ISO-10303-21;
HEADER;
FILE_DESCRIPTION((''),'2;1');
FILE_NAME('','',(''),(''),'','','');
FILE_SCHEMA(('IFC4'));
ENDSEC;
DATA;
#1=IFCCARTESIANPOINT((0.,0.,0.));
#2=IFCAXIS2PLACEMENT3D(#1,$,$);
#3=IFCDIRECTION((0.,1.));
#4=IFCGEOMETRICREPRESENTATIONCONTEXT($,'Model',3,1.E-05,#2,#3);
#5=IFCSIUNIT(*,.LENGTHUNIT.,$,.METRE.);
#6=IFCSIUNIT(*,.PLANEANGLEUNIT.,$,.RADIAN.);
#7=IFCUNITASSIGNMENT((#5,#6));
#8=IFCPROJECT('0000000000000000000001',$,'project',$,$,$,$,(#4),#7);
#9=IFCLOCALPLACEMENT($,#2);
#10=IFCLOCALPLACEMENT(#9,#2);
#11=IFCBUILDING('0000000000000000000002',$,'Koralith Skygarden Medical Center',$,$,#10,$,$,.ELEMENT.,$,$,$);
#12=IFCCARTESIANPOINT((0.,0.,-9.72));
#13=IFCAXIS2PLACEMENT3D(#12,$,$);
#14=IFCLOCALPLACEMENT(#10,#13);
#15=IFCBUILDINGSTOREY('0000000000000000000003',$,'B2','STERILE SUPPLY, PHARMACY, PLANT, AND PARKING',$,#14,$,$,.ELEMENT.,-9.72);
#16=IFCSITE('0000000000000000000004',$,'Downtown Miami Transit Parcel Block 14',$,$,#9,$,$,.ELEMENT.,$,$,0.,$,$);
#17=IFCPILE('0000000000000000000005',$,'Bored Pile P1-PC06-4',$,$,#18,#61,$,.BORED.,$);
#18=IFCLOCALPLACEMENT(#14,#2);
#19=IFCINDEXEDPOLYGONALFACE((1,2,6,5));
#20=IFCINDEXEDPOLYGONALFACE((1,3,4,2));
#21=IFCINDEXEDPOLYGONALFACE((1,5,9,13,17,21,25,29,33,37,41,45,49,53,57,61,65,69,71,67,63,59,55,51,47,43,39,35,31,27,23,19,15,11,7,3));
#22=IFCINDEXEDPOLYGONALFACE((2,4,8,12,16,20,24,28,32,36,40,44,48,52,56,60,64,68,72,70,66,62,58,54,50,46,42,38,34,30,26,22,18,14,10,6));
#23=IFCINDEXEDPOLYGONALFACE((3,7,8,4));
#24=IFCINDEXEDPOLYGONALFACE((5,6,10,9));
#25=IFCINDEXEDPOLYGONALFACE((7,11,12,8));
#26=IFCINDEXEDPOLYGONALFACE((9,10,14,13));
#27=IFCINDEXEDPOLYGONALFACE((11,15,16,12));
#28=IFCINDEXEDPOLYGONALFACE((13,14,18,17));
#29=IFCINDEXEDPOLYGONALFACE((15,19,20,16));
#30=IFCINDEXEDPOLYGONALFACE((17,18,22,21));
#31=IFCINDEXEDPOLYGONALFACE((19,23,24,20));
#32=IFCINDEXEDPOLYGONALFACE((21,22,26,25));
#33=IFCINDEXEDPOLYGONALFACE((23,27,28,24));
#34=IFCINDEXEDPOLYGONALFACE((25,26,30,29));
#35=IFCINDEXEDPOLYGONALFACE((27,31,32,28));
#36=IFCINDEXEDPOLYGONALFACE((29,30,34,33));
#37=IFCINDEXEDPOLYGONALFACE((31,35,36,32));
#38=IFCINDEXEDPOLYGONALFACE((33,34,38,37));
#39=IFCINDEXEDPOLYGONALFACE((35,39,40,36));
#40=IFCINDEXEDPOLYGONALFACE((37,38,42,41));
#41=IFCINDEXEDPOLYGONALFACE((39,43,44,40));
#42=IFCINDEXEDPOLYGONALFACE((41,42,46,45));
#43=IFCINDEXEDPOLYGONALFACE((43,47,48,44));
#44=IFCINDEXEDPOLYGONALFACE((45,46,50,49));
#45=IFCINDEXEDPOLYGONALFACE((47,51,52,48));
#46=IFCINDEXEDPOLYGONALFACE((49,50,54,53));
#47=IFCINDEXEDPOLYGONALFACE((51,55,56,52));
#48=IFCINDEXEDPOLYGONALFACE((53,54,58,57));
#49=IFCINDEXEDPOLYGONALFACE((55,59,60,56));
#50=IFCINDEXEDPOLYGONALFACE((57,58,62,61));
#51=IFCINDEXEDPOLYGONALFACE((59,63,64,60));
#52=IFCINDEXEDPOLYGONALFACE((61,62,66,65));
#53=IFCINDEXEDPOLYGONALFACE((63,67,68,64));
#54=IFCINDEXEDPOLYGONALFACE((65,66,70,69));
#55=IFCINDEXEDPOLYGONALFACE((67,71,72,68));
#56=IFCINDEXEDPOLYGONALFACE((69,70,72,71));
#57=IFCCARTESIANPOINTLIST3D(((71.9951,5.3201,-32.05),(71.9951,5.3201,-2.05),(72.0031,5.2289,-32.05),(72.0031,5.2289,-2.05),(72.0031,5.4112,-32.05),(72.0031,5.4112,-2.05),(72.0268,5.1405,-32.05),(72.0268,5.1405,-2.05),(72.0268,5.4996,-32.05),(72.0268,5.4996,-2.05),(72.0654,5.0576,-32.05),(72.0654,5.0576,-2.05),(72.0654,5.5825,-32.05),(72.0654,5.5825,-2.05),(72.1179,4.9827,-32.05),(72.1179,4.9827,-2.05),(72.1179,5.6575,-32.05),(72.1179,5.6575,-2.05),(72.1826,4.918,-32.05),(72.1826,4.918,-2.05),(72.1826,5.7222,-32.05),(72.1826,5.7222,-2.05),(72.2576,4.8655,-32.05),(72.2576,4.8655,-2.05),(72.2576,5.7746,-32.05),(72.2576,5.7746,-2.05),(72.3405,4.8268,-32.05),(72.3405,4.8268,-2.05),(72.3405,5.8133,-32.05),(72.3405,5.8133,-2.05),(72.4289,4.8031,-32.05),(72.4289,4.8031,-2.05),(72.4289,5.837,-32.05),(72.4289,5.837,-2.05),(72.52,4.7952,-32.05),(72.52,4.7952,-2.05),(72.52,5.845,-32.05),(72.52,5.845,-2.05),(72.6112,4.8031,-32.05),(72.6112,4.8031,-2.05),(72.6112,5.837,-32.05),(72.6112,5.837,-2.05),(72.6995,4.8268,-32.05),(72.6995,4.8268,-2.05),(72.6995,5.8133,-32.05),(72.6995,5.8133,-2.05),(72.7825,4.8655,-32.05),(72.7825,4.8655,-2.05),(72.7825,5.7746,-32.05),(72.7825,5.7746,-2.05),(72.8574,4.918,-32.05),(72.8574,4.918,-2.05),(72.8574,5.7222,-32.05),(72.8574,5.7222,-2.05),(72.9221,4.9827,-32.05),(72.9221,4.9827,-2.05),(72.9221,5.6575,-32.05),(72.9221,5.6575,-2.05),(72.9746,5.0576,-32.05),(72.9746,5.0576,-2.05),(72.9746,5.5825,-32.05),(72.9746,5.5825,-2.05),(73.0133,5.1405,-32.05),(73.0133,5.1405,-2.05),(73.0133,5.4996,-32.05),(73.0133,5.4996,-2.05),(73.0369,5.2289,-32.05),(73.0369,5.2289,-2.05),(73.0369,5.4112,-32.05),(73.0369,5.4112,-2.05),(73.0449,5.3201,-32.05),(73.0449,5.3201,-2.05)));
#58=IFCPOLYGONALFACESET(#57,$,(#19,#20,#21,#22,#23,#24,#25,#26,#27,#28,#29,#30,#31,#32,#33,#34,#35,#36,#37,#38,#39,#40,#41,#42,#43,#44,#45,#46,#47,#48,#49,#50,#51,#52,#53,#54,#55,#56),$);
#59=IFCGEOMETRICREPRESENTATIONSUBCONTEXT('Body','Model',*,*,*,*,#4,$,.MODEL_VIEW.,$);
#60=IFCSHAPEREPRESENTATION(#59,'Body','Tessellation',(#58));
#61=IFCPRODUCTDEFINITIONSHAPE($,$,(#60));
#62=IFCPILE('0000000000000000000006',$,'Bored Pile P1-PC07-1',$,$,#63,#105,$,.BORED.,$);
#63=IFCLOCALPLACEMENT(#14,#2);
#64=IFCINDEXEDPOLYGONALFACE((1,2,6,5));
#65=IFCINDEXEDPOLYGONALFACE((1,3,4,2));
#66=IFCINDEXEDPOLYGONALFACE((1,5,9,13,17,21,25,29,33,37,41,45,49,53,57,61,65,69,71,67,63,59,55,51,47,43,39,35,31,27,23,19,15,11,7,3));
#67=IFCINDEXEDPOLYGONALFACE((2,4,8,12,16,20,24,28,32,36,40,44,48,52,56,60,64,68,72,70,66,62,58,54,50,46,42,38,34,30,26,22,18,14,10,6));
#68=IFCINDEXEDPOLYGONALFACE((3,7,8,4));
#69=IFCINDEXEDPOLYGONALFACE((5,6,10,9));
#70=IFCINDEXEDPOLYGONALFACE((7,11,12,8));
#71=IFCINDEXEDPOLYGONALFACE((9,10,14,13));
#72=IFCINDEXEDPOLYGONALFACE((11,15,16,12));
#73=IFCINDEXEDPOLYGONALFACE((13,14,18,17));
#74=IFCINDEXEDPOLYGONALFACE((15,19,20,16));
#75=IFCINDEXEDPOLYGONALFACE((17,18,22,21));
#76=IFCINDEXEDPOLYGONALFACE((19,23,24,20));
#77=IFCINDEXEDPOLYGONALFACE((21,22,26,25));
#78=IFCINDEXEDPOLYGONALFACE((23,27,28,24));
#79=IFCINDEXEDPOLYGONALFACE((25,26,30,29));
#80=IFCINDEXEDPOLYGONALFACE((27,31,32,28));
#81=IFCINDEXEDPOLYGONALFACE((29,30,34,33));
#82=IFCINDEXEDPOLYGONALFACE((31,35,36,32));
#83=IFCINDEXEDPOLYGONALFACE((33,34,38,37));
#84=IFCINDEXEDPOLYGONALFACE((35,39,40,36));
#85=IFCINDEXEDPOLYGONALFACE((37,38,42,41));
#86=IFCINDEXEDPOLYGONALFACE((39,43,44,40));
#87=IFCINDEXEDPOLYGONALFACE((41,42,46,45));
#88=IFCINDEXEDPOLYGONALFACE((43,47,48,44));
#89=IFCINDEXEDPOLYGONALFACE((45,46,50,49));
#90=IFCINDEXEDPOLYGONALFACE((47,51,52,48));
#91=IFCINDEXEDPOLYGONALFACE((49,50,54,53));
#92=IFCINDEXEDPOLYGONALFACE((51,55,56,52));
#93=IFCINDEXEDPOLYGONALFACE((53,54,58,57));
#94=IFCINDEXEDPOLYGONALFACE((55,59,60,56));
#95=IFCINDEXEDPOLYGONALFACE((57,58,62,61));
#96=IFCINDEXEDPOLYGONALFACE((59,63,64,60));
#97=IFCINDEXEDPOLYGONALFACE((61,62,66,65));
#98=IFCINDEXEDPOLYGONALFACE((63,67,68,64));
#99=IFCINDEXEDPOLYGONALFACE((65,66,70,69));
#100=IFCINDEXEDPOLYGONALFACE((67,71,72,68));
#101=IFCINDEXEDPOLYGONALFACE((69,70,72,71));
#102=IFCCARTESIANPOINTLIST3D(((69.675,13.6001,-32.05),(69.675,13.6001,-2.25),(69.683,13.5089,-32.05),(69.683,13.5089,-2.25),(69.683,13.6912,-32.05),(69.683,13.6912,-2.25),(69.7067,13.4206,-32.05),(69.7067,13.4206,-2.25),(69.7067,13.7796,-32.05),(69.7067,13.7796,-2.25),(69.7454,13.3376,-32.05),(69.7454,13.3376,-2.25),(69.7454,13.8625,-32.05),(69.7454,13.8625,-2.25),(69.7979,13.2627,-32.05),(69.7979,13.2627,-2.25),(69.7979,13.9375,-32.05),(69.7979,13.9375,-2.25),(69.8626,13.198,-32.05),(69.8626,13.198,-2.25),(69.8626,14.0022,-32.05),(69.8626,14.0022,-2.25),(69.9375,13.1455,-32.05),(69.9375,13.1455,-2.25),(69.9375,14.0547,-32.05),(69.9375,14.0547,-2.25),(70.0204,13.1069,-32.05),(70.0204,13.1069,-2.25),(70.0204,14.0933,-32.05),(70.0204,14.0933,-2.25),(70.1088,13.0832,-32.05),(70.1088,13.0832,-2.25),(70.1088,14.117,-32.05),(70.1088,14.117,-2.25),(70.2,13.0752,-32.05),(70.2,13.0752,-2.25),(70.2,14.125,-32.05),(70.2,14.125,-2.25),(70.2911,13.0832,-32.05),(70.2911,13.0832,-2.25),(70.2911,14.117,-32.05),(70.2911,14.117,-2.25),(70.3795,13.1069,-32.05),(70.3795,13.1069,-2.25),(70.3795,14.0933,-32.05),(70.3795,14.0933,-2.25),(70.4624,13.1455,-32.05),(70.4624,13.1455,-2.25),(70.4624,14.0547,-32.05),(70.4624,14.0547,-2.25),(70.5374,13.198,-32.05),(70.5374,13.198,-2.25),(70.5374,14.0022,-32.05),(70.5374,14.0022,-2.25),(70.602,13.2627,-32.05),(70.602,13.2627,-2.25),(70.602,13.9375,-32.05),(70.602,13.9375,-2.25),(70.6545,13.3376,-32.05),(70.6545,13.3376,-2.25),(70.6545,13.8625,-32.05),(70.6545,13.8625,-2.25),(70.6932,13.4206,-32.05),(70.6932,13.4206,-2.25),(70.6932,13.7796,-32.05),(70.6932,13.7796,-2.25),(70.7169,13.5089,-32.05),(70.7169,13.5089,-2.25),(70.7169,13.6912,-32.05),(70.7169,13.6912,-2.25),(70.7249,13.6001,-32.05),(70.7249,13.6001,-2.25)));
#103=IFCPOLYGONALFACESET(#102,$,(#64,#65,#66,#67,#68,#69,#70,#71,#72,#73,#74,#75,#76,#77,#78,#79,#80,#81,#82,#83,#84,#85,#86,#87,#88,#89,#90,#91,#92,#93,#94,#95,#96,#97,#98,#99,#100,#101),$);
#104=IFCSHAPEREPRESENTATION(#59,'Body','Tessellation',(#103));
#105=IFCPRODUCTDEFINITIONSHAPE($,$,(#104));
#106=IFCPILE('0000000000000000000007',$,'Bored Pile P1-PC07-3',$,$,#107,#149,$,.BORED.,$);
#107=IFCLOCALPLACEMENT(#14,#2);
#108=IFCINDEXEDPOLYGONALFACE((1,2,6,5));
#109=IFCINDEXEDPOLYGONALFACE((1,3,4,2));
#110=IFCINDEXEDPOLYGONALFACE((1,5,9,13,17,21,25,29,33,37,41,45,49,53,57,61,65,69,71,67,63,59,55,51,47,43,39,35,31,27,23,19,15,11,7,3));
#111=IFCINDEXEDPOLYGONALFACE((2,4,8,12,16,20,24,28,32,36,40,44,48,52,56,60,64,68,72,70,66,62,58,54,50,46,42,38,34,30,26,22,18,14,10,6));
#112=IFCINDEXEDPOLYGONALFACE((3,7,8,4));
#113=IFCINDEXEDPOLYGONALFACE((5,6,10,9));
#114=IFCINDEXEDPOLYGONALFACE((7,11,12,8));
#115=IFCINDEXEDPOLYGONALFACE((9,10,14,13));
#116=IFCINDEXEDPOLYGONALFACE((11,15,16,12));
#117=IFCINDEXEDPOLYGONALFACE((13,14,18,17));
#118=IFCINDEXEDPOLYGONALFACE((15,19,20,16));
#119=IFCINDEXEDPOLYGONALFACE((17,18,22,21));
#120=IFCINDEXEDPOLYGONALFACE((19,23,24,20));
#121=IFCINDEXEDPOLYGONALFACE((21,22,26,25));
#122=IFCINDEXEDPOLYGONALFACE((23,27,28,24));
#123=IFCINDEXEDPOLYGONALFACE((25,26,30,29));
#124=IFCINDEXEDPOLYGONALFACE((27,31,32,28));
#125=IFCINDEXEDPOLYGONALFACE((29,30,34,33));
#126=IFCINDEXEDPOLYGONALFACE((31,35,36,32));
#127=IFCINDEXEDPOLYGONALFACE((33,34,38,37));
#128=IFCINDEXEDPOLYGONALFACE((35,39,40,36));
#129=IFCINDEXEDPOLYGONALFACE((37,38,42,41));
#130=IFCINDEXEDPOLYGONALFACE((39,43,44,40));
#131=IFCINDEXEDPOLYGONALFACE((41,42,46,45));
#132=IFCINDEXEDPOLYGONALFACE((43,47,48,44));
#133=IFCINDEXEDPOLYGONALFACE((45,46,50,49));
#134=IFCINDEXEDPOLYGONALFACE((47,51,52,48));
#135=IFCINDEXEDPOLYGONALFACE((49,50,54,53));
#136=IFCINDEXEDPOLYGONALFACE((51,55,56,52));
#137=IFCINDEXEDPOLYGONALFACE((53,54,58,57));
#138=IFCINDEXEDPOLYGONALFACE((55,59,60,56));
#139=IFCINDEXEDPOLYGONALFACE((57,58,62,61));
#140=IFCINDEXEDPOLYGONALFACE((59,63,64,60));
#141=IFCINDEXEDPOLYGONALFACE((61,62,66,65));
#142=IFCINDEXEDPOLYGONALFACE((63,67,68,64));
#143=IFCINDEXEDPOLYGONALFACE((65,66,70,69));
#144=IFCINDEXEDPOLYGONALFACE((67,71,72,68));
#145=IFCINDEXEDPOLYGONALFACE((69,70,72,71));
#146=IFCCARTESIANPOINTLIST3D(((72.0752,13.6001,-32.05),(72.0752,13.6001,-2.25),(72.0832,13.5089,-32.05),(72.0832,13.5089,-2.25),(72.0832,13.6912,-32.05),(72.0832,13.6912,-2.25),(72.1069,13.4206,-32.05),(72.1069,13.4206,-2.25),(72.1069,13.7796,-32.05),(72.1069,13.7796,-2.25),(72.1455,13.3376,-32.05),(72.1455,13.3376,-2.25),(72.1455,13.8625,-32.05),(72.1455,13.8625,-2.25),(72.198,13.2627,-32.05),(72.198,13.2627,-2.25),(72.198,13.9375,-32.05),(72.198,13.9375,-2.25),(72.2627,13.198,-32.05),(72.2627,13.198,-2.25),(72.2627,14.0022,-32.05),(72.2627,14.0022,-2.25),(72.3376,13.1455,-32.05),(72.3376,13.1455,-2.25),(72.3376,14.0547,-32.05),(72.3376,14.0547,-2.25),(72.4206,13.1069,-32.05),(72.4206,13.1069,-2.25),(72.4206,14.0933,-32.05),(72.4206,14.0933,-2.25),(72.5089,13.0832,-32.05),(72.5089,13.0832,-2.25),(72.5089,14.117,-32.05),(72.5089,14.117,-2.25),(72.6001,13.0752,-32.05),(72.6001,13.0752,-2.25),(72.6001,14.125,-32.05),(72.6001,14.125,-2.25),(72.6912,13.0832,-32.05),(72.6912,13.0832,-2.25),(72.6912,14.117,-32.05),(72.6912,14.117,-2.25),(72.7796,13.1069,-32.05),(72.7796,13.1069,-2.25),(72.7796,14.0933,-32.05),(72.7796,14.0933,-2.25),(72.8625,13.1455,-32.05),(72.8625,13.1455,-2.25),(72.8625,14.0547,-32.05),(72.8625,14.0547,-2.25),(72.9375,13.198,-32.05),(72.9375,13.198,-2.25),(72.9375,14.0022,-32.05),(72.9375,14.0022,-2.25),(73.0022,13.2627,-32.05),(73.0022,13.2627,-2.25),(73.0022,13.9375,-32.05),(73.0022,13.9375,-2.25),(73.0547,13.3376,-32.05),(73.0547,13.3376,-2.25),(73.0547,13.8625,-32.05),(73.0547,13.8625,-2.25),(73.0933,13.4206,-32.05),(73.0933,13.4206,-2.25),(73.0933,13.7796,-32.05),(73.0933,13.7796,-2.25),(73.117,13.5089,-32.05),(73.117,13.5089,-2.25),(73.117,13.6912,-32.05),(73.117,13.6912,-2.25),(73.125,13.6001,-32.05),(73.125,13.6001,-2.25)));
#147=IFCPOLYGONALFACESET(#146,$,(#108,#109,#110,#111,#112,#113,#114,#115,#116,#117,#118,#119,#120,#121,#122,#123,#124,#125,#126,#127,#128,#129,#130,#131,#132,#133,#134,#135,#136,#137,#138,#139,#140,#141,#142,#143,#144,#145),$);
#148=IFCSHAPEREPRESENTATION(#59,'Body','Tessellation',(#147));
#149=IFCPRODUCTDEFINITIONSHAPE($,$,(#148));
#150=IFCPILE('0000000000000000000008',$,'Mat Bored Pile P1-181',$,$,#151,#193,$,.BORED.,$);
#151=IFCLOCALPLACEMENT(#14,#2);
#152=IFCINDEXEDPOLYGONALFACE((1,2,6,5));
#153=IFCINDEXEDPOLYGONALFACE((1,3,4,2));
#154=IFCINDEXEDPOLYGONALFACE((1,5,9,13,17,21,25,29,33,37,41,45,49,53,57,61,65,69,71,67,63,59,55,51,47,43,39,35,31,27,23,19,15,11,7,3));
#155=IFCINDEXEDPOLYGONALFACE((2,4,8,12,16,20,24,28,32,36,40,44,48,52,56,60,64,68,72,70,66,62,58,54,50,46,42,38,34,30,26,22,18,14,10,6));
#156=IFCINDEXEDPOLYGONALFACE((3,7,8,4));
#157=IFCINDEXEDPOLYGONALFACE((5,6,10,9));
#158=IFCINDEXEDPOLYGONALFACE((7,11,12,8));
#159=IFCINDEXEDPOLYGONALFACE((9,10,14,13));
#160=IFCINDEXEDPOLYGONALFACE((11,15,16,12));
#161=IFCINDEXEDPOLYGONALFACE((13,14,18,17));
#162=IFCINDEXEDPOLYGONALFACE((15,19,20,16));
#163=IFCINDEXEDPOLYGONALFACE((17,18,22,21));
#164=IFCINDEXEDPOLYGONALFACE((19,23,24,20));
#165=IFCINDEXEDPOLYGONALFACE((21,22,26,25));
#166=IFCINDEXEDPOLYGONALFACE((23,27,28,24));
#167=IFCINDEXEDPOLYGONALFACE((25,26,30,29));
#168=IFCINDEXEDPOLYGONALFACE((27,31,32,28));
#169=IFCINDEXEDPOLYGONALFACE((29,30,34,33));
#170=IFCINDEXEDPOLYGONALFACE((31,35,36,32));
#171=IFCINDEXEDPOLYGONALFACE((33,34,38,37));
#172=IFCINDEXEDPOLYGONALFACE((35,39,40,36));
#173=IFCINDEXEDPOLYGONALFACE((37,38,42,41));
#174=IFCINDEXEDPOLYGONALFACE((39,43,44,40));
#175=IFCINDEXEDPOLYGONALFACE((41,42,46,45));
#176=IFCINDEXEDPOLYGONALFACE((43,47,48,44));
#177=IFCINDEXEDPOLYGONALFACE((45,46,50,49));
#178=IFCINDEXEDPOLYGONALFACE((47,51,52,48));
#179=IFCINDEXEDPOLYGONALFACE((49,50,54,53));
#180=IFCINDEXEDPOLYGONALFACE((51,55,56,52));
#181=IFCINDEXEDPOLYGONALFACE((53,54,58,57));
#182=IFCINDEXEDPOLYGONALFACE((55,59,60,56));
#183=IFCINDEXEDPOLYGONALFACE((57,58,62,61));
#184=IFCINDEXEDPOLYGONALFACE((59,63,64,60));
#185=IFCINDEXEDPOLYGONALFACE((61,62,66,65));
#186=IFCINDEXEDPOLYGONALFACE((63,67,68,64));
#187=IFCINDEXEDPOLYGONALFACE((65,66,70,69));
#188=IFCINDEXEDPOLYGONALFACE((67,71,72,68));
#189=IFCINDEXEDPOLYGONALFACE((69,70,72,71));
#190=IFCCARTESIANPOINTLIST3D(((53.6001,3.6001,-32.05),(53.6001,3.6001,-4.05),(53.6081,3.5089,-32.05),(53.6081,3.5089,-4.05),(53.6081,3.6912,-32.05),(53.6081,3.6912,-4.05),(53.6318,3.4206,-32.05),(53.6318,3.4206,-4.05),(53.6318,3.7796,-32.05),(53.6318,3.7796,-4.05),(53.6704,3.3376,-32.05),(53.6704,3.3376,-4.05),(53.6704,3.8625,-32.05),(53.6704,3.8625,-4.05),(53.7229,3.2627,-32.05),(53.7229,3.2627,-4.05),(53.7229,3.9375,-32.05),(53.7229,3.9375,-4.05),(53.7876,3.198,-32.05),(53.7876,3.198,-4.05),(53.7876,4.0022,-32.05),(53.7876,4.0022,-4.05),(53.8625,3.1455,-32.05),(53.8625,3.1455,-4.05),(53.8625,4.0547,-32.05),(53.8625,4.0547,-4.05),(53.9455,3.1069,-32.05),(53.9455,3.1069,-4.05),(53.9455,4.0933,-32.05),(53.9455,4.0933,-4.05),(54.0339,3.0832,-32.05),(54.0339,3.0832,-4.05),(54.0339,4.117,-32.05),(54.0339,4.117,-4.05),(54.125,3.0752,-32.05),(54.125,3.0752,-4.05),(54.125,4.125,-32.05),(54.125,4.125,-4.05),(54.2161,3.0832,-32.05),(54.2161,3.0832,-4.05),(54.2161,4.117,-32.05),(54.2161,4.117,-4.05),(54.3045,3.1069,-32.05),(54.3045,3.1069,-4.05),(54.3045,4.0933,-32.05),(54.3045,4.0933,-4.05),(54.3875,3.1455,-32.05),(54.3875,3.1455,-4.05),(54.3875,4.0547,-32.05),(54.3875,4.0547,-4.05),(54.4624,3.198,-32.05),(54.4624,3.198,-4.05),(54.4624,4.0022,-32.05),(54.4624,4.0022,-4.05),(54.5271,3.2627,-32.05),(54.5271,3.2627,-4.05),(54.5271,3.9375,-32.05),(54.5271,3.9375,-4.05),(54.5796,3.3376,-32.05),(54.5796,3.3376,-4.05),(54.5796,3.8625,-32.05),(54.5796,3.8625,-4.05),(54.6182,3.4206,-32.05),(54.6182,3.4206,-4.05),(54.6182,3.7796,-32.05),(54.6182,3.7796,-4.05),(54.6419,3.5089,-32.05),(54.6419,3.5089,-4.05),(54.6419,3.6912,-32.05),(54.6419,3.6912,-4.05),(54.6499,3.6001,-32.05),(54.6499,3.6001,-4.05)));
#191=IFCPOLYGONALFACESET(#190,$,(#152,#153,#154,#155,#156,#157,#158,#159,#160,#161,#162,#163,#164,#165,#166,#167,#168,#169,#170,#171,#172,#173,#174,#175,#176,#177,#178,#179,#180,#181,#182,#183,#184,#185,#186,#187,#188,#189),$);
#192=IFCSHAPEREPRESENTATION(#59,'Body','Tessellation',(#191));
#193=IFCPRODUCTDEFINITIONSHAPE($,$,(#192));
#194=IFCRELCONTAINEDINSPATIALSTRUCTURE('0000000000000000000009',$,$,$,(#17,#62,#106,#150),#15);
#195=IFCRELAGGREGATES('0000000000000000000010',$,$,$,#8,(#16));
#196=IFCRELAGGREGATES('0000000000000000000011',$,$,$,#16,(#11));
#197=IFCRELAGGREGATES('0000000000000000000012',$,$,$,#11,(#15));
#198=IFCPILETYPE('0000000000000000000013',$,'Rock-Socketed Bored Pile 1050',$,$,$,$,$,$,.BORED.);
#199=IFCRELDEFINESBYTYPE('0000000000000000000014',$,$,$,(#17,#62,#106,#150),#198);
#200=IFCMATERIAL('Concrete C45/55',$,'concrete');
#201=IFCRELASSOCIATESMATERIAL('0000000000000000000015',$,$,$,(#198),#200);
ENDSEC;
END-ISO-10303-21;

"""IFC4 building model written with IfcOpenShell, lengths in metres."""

from ifc_helpers import new_model, si_unit, direction, frame, origin, origin_2d, place, context, subcontext, project, spatial, circle, extrude, material, material_profile, profile_set, type_object, element, save


model = new_model("IFC4")

# Units and contexts
model_context = context("Model", 3, precision=1e-05, world=origin(), true_north=direction((0.0, 1.0)))
body_context = subcontext(model_context, "Body", "Model", "MODEL_VIEW")
ifc_project = project(units=[si_unit("LENGTHUNIT", "METRE"), si_unit("PLANEANGLEUNIT", "RADIAN")], contexts=[model_context])

# Site, building, storey
site_placement = place(None, origin())
site = spatial("IfcSite", under=ifc_project, at=site_placement, Name="Downtown Miami Transit Parcel Block 14", CompositionType="ELEMENT", RefElevation=0.0)
building_placement = place(site_placement, origin())
building = spatial("IfcBuilding", under=site, at=building_placement, Name="Koralith Skygarden Medical Center", CompositionType="ELEMENT")
storey_placement = place(building_placement, frame((0.0, 0.0, -9.72)))
storey = spatial("IfcBuildingStorey", under=building, at=storey_placement, Name="B2", Description="STERILE SUPPLY, PHARMACY, PLANT, AND PARKING", CompositionType="ELEMENT", Elevation=-9.72)

# Piles
ifc_material_1 = material(Name="Concrete C45/55", Category="concrete")
ifc_material_profile_1 = material_profile(ifc_material_1, circle(Radius=0.5249, at=origin_2d()), Name="PILE1050")
ifc_profile_set_1 = profile_set([ifc_material_profile_1], Name="Concrete C45/55")
pile_type = type_object("IfcPileType", Name="Rock-Socketed Bored Pile 1050", PredefinedType="BORED", material=ifc_profile_set_1)
for number, where, z_axis, x_axis, name in (
    (1, (72.52, 5.3201, -2.05), (0.0, 0.0, -1.0), (1.0, 0.0, 0.0), "Bored Pile P1-PC06-4"),
):
    element("IfcPile", number, at=place(storey_placement, frame(where, z_axis=z_axis, x_axis=x_axis)), inside=storey, type_object=pile_type, Name=name, PredefinedType="BORED", context=body_context, shape_type="SweptSolid", body=[
        extrude(circle(Radius=0.5249, at=origin_2d()), origin(), (0.0, 0.0, 1.0), 30.0),
    ])
for number, where, z_axis, x_axis, name in (
    (2, (70.2, 13.6001, -2.25), (0.0, 0.0, -1.0), (1.0, 0.0, 0.0), "Bored Pile P1-PC07-1"),
    (3, (72.6001, 13.6001, -2.25), (0.0, 0.0, -1.0), (1.0, 0.0, 0.0), "Bored Pile P1-PC07-3"),
):
    element("IfcPile", number, at=place(storey_placement, frame(where, z_axis=z_axis, x_axis=x_axis)), inside=storey, type_object=pile_type, Name=name, PredefinedType="BORED", context=body_context, shape_type="SweptSolid", body=[
        extrude(circle(Radius=0.5249, at=origin_2d()), origin(), (0.0, 0.0, 1.0), 29.8),
    ])
for number, where, z_axis, x_axis, name in (
    (4, (54.125, 3.6001, -4.05), (0.0, 0.0, -1.0), (1.0, 0.0, 0.0), "Mat Bored Pile P1-181"),
):
    element("IfcPile", number, at=place(storey_placement, frame(where, z_axis=z_axis, x_axis=x_axis)), inside=storey, type_object=pile_type, Name=name, PredefinedType="BORED", context=body_context, shape_type="SweptSolid", body=[
        extrude(circle(Radius=0.5249, at=origin_2d()), origin(), (0.0, 0.0, 1.0), 28.0),
    ])

save(model, "model.ifc")
